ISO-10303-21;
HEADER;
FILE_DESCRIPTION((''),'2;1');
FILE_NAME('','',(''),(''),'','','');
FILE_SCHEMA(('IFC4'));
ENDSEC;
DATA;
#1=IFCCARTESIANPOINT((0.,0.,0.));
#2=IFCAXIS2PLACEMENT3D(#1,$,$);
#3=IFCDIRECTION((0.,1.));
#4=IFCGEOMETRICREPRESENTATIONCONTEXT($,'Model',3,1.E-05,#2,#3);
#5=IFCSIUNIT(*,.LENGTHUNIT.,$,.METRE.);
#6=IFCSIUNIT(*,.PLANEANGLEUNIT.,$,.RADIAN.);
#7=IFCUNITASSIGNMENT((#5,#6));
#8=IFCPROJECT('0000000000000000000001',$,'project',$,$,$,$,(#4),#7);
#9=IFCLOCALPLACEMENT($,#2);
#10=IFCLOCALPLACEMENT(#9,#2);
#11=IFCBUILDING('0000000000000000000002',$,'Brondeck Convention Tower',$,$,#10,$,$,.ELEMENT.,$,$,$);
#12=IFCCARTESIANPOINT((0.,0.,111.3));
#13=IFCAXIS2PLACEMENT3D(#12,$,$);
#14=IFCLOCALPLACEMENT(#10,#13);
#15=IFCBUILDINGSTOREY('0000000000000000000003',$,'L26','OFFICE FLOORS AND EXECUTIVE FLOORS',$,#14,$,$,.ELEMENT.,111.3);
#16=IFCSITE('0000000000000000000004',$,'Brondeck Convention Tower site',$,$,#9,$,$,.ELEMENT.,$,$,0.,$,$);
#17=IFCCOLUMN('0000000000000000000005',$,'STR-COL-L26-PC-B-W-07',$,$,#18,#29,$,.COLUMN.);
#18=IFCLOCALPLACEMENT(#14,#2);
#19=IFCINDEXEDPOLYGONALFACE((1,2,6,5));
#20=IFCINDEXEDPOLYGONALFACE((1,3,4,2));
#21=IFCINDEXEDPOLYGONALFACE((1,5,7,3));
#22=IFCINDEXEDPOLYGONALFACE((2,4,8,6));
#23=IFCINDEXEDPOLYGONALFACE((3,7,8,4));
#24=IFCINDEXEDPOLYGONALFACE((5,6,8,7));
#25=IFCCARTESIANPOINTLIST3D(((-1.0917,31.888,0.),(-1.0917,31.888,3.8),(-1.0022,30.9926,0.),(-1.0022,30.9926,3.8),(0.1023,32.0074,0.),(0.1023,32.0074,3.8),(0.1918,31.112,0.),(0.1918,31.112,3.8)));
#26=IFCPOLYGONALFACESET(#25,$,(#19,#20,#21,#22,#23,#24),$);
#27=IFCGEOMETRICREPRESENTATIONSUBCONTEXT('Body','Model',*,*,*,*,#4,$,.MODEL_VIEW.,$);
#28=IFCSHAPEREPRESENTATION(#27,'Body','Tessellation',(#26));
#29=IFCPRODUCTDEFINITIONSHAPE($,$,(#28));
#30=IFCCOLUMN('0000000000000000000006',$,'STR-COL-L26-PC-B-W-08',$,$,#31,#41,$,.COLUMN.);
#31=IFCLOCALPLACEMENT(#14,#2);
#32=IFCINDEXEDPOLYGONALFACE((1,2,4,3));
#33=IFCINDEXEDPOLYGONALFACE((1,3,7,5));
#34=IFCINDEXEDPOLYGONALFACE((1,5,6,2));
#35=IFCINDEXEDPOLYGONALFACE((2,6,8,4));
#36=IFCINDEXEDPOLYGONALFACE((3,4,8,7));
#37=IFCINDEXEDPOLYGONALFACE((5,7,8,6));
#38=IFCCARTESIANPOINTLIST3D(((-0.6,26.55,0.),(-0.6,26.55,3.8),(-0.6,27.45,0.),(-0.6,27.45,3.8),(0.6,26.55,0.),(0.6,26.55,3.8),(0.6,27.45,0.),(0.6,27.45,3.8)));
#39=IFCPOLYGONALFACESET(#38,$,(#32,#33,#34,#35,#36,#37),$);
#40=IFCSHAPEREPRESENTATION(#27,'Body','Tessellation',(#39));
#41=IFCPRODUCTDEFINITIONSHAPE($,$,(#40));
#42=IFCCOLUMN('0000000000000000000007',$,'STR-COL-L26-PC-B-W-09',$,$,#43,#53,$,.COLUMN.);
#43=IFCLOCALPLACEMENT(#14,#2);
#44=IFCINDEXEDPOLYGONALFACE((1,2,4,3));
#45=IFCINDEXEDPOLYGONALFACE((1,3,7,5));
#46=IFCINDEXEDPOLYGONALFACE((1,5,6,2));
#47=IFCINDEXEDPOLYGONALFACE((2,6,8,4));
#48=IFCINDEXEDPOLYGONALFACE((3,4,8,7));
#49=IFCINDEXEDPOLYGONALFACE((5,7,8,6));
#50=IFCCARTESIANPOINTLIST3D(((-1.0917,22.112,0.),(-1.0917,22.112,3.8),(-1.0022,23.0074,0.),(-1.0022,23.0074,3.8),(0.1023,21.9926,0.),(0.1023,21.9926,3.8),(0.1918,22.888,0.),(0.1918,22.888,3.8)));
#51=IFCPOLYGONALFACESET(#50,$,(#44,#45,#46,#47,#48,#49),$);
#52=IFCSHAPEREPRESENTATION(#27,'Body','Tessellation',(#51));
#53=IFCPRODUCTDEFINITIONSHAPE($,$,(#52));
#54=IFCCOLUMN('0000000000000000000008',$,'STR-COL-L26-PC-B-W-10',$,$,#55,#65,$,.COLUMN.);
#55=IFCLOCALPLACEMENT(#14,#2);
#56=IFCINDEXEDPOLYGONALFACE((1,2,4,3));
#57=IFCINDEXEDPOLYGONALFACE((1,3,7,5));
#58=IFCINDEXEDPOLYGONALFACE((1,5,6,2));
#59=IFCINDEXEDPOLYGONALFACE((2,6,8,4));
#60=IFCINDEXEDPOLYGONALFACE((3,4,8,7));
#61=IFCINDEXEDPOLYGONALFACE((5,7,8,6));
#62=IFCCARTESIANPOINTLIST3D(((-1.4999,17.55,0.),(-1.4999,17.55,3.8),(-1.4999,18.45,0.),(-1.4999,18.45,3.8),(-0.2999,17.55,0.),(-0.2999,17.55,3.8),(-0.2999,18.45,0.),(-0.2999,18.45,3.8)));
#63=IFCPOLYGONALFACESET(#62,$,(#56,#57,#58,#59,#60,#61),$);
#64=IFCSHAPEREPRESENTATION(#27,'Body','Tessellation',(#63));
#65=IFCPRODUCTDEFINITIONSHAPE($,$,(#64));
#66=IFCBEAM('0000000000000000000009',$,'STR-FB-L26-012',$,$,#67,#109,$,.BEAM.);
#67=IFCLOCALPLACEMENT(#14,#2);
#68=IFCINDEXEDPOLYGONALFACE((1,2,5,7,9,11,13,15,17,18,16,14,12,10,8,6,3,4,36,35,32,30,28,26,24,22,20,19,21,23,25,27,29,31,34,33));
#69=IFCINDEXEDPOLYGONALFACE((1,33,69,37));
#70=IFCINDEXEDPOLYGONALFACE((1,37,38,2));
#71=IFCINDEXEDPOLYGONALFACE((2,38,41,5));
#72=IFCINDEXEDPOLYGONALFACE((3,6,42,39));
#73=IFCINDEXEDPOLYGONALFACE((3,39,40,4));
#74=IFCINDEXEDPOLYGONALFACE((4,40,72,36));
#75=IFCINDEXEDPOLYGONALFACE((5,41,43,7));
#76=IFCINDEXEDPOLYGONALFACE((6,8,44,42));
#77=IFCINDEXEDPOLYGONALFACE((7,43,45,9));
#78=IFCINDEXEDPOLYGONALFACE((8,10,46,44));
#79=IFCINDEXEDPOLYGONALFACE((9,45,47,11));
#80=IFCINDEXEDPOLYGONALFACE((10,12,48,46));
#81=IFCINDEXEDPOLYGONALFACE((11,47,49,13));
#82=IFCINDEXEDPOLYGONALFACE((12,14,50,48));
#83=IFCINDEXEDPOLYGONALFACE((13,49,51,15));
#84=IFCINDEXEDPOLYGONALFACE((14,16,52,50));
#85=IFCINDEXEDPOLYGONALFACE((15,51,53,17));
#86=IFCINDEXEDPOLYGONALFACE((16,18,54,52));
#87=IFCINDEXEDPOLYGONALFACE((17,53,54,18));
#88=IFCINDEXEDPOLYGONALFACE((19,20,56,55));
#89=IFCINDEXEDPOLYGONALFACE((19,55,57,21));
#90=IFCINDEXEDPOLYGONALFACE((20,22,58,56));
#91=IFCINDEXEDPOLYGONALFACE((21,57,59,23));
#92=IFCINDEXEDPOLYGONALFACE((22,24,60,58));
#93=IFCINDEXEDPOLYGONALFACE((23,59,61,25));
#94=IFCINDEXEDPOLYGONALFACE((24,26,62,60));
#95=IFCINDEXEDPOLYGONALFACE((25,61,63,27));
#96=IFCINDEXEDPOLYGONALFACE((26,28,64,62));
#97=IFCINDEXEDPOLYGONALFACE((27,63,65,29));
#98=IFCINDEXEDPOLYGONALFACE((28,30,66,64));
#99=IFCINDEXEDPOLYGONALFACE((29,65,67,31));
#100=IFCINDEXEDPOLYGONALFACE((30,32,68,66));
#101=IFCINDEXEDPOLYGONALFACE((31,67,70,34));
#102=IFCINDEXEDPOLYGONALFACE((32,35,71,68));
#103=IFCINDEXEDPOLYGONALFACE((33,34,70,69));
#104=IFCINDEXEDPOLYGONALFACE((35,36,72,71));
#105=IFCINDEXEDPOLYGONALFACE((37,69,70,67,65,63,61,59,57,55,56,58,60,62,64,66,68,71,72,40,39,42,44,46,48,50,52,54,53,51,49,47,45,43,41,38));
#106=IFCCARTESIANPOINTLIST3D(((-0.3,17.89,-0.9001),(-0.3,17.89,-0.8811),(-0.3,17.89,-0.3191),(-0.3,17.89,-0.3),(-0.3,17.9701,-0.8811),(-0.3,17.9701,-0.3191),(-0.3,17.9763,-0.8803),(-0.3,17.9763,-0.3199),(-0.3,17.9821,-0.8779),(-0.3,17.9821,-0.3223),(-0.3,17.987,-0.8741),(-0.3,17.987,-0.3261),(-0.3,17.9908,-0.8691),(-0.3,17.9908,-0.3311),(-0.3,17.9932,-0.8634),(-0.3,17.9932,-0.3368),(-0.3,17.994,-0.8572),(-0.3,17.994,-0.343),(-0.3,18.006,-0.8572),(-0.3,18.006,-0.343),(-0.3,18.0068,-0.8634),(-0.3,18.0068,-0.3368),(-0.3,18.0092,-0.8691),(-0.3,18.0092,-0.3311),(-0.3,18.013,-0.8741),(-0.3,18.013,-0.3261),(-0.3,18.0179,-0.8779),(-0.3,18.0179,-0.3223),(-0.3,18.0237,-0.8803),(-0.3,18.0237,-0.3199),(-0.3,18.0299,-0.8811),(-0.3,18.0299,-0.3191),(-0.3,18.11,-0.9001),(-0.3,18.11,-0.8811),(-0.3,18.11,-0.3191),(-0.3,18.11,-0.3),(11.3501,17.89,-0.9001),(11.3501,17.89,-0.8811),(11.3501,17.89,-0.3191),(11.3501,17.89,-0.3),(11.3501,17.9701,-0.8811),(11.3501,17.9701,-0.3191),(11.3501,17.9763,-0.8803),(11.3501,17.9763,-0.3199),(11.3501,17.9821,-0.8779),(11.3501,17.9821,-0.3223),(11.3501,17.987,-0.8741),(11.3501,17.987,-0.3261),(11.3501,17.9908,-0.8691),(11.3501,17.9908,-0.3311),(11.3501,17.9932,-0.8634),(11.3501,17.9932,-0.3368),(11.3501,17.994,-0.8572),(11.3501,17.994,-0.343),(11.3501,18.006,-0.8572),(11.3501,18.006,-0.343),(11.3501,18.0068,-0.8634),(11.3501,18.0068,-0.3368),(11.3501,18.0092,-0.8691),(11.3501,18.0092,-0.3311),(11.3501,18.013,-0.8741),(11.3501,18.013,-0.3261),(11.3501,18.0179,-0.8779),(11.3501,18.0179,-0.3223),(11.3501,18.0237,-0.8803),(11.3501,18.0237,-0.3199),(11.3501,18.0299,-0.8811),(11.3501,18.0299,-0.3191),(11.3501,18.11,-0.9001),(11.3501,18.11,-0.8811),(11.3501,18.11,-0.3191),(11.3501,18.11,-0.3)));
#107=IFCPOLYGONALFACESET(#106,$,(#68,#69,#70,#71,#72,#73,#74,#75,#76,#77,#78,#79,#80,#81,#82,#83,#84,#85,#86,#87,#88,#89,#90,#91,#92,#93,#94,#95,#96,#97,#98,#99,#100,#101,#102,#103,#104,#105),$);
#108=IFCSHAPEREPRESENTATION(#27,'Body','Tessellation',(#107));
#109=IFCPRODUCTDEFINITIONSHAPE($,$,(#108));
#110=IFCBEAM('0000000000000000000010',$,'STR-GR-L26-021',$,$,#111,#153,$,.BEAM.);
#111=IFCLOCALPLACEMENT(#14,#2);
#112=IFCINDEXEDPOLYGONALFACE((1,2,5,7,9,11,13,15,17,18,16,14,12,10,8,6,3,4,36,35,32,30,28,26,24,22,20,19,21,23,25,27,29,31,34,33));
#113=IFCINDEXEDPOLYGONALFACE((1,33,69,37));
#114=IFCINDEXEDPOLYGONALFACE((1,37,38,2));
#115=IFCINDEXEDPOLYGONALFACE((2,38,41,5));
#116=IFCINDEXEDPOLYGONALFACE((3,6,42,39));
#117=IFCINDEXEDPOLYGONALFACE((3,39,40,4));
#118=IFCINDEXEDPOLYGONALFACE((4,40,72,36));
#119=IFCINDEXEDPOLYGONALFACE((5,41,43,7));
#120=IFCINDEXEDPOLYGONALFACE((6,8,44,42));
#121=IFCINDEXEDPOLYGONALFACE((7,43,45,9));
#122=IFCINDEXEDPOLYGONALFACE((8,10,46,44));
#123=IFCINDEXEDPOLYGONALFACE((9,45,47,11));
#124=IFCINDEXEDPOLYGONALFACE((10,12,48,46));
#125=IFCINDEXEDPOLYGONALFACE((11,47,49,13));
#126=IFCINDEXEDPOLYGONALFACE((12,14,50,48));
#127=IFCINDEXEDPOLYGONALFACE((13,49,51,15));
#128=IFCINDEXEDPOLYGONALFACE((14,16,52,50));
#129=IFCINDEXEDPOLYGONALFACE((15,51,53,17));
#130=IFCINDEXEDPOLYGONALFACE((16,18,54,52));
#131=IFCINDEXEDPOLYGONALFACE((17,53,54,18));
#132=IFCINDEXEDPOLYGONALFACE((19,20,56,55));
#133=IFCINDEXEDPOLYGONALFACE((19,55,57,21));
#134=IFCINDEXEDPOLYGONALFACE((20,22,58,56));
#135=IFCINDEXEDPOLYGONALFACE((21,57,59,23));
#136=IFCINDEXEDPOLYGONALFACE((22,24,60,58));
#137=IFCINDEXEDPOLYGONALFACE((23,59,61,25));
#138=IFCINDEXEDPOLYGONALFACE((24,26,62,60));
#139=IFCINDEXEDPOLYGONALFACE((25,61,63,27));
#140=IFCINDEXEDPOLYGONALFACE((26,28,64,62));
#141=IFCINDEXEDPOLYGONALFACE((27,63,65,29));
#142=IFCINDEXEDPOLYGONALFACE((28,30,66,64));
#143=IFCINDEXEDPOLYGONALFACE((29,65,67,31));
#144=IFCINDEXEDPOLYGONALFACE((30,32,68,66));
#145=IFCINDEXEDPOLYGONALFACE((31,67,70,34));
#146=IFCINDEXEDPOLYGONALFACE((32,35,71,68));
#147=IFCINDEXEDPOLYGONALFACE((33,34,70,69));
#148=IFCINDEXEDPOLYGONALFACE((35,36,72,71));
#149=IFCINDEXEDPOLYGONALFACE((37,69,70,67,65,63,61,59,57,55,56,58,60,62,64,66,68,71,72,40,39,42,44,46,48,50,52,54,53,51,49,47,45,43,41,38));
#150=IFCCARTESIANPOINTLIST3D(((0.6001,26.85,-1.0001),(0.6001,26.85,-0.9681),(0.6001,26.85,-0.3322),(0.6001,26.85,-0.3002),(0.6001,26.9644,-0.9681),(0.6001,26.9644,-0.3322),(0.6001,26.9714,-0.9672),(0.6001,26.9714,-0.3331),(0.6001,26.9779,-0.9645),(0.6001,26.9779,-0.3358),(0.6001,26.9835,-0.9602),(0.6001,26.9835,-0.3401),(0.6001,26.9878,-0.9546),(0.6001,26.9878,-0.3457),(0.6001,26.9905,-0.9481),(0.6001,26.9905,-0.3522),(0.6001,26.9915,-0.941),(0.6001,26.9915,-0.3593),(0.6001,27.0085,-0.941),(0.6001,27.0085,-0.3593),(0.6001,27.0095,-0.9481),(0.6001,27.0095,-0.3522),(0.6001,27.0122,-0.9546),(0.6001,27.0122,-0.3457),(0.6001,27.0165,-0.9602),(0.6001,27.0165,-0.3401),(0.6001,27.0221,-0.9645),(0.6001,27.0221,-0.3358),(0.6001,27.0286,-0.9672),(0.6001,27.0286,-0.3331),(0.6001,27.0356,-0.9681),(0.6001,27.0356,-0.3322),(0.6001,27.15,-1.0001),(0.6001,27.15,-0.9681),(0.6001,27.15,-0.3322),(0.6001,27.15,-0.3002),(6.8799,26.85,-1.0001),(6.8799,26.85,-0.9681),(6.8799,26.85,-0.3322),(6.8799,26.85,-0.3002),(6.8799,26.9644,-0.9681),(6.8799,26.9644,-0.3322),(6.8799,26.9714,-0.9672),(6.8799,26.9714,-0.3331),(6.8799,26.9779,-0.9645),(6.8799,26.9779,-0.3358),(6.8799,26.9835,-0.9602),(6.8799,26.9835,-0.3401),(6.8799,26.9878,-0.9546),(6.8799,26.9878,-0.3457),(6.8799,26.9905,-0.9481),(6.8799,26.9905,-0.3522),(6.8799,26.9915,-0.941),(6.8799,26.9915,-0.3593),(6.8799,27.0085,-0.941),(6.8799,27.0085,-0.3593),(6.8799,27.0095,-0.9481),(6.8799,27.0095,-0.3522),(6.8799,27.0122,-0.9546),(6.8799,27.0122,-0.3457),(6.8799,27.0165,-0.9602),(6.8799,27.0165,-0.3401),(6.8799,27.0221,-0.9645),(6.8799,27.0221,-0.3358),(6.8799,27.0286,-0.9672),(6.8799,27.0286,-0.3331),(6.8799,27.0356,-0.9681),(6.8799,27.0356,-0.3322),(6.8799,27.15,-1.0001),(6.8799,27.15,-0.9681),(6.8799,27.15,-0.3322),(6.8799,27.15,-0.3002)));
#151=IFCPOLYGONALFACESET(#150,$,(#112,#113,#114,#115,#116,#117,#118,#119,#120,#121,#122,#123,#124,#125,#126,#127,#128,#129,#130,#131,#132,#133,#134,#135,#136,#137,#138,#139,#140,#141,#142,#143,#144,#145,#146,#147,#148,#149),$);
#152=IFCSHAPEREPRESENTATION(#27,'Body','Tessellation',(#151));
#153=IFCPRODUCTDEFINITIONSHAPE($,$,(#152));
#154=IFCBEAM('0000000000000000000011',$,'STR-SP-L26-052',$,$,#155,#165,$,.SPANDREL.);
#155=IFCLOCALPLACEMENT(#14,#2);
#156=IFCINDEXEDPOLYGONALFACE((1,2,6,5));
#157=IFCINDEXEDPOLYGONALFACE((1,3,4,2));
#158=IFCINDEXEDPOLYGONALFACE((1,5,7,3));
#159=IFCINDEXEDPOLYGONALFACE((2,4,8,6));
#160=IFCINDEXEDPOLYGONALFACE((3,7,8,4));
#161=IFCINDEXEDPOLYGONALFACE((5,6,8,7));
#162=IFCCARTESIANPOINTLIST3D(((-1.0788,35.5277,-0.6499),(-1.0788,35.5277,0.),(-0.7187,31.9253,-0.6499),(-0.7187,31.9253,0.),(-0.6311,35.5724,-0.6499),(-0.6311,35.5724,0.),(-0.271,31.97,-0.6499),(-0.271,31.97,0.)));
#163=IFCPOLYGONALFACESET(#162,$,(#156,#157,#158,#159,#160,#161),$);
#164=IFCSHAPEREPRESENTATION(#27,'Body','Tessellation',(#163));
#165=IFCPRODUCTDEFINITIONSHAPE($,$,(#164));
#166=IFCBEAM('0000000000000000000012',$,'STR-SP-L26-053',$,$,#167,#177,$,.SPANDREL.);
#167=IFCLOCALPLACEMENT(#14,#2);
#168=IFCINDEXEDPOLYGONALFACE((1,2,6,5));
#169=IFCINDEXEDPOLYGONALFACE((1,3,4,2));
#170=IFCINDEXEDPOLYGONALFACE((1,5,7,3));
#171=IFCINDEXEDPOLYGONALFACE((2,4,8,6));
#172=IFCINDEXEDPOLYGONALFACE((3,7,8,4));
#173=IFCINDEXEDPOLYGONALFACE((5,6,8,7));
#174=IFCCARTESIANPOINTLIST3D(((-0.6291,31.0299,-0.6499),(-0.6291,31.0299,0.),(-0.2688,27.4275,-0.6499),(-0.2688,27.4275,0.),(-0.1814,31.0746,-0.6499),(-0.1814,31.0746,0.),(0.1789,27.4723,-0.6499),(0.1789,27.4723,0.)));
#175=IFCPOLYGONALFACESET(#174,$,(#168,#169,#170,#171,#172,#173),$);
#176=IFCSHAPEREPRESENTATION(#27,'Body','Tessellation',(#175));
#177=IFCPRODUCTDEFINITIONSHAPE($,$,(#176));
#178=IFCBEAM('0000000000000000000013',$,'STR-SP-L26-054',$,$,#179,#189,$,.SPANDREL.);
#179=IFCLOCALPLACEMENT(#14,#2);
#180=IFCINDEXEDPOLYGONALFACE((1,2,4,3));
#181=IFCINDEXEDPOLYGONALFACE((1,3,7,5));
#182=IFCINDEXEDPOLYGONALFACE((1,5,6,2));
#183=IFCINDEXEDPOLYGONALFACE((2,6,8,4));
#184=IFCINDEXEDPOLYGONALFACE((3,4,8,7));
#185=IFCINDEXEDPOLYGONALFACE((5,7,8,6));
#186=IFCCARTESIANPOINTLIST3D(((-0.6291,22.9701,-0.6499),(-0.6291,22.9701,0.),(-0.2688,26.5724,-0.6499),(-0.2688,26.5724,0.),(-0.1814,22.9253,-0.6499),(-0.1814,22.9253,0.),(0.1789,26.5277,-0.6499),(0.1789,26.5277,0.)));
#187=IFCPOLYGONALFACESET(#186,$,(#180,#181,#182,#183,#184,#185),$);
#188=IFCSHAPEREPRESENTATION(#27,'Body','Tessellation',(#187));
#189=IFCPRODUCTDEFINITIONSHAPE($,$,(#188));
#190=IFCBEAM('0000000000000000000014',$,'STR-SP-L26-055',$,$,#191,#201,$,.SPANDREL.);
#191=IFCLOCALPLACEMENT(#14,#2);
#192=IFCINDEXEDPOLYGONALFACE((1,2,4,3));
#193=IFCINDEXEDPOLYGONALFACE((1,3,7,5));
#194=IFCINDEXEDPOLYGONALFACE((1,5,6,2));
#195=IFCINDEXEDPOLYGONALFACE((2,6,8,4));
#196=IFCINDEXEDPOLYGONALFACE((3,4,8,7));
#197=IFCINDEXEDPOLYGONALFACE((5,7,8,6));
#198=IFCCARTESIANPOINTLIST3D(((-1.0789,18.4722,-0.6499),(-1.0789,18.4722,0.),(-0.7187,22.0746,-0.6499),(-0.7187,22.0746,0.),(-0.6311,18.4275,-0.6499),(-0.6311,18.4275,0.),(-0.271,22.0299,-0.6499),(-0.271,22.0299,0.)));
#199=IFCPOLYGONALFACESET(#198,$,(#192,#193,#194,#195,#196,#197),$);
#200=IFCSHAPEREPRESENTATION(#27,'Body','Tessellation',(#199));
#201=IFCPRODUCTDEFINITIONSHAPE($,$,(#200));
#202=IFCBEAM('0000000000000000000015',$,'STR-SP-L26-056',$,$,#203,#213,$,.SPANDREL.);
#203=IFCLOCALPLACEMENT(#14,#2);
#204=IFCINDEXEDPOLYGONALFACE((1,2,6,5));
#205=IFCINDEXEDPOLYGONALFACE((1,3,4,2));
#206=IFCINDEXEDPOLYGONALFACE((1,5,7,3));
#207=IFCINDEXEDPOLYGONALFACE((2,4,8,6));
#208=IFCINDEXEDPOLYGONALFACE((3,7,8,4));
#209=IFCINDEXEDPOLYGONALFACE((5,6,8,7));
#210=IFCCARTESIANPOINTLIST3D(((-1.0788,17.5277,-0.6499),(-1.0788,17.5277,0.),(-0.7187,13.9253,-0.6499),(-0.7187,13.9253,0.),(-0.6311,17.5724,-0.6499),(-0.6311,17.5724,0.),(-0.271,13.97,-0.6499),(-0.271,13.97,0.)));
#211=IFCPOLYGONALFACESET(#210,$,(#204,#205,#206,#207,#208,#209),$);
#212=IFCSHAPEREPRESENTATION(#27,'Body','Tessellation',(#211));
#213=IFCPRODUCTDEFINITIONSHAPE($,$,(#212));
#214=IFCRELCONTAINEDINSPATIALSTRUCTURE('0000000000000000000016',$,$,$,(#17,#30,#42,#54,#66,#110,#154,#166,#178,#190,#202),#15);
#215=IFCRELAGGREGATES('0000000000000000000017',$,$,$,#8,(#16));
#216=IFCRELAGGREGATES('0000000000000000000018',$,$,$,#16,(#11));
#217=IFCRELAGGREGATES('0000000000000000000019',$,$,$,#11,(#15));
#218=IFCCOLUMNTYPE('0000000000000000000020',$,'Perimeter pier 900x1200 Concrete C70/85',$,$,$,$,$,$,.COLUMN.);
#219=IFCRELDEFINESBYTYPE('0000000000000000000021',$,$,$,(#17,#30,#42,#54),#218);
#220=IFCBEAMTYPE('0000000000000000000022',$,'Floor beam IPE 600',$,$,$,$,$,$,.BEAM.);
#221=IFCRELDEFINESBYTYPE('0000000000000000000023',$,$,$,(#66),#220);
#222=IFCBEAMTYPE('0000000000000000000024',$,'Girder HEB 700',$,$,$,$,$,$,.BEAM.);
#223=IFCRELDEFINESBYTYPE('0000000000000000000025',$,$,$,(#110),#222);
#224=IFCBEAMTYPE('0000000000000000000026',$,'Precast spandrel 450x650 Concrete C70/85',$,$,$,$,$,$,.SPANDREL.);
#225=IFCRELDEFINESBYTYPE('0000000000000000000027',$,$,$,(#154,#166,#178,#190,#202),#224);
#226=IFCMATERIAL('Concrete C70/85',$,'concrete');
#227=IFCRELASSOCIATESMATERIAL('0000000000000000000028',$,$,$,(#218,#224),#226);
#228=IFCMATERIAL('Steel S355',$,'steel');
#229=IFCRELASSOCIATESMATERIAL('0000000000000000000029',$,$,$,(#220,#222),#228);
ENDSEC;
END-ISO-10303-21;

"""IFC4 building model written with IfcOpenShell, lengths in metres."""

from ifc_helpers import new_model, si_unit, direction, frame, origin, origin_2d, place, context, subcontext, project, spatial, rectangle, i_section, extrude, material, material_profile, profile_set, type_object, element, save


model = new_model("IFC4")

# Units and contexts
model_context = context("Model", 3, precision=1e-05, world=origin(), true_north=direction((0.0, 1.0)))
body_context = subcontext(model_context, "Body", "Model", "MODEL_VIEW")
ifc_project = project(units=[si_unit("LENGTHUNIT", "METRE"), si_unit("PLANEANGLEUNIT", "RADIAN")], contexts=[model_context])

# Site, building, storey
site_placement = place(None, origin())
site = spatial("IfcSite", under=ifc_project, at=site_placement, Name="Brondeck Convention Tower site", CompositionType="ELEMENT", RefElevation=0.0)
building_placement = place(site_placement, origin())
building = spatial("IfcBuilding", under=site, at=building_placement, Name="Brondeck Convention Tower", CompositionType="ELEMENT")
storey_placement = place(building_placement, frame((0.0, 0.0, 111.3)))
storey = spatial("IfcBuildingStorey", under=building, at=storey_placement, Name="L26", Description="OFFICE FLOORS AND EXECUTIVE FLOORS", CompositionType="ELEMENT", Elevation=111.3)

# Columns
ifc_material_1 = material(Name="Concrete C70/85", Category="concrete")
ifc_material_profile_1 = material_profile(ifc_material_1, rectangle(XDim=0.8999, YDim=1.2, at=origin_2d()), Name="Perimeter pier 900x1200 Concrete C70/85")
ifc_profile_set_1 = profile_set([ifc_material_profile_1], Name="Concrete C70/85")
column_type = type_object("IfcColumnType", Name="Perimeter pier 900x1200 Concrete C70/85", PredefinedType="COLUMN", material=ifc_profile_set_1)
for number, where, z_axis, x_axis, name in (
    (1, (-0.45, 31.5, 0.0), (0.0, 0.0, 1.0), (0.099504, -0.995037, 0.0), "STR-COL-L26-PC-B-W-07"),
    (2, (0.0, 27.0, 0.0), (0.0, 0.0, 1.0), (0.0, -1.0, 0.0), "STR-COL-L26-PC-B-W-08"),
    (3, (-0.45, 22.5, 0.0), (0.0, 0.0, 1.0), (-0.099504, -0.995037, 0.0), "STR-COL-L26-PC-B-W-09"),
    (4, (-0.8999, 18.0, 0.0), (0.0, 0.0, 1.0), (0.0, -1.0, 0.0), "STR-COL-L26-PC-B-W-10"),
):
    element("IfcColumn", number, at=place(storey_placement, frame(where, z_axis=z_axis, x_axis=x_axis)), inside=storey, type_object=column_type, Name=name, PredefinedType="COLUMN", context=body_context, shape_type="SweptSolid", body=[
        extrude(rectangle(XDim=0.8999, YDim=1.2, at=origin_2d()), origin(), (0.0, 0.0, 1.0), 3.8),
    ])

# Beams
ifc_material_2 = material(Name="Steel S355", Category="steel")
ifc_material_profile_2 = material_profile(ifc_material_2, i_section(OverallWidth=0.22, OverallDepth=0.6001, WebThickness=0.012, FlangeThickness=0.019, FilletRadius=0.0239, at=origin_2d()), Name="IPE 600")
ifc_profile_set_2 = profile_set([ifc_material_profile_2], Name="Steel S355")
beam_type_1 = type_object("IfcBeamType", Name="Floor beam IPE 600", PredefinedType="BEAM", material=ifc_profile_set_2)
beam_1_placement = place(storey_placement, frame((-0.3, 18.0, -0.6001), z_axis=(1.0, 0.0, 0.0), x_axis=(0.0, 1.0, 0.0)))
element("IfcBeam", 5, at=beam_1_placement, inside=storey, type_object=beam_type_1, Name="STR-FB-L26-012", PredefinedType="BEAM", context=body_context, shape_type="SweptSolid", body=[
    extrude(i_section(OverallWidth=0.22, OverallDepth=0.6001, WebThickness=0.012, FlangeThickness=0.019, FilletRadius=0.0239, at=origin_2d()), origin(), (0.0, 0.0, 1.0), 11.6501),
])
ifc_material_profile_3 = material_profile(ifc_material_2, i_section(OverallWidth=0.3, OverallDepth=0.7, WebThickness=0.0171, FlangeThickness=0.032, FilletRadius=0.0271, at=origin_2d()), Name="HEB 700")
ifc_profile_set_3 = profile_set([ifc_material_profile_3], Name="Steel S355")
beam_type_2 = type_object("IfcBeamType", Name="Girder HEB 700", PredefinedType="BEAM", material=ifc_profile_set_3)
beam_2_placement = place(storey_placement, frame((0.6001, 27.0, -0.6501), z_axis=(1.0, 0.0, 0.0), x_axis=(0.0, 1.0, 0.0)))
element("IfcBeam", 6, at=beam_2_placement, inside=storey, type_object=beam_type_2, Name="STR-GR-L26-021", PredefinedType="BEAM", context=body_context, shape_type="SweptSolid", body=[
    extrude(i_section(OverallWidth=0.3, OverallDepth=0.7, WebThickness=0.0171, FlangeThickness=0.032, FilletRadius=0.0271, at=origin_2d()), origin(), (0.0, 0.0, 1.0), 6.2798),
])
ifc_material_profile_4 = material_profile(ifc_material_1, rectangle(XDim=0.45, YDim=0.6499, at=origin_2d()), Name="Precast spandrel 450x650 Concrete C70/85")
ifc_profile_set_4 = profile_set([ifc_material_profile_4], Name="Concrete C70/85")
beam_type_3 = type_object("IfcBeamType", Name="Precast spandrel 450x650 Concrete C70/85", PredefinedType="SPANDREL", material=ifc_profile_set_4)
for number, where, z_axis, x_axis, name in (
    (7, (-0.855, 35.55, -0.325), (0.09947, -0.995041, 0.0), (0.995041, 0.09947, 0.0), "STR-SP-L26-052"),
    (8, (-0.4053, 31.0522, -0.325), (0.099537, -0.995034, 0.0), (0.995034, 0.099537, 0.0), "STR-SP-L26-053"),
    (9, (-0.0449, 26.55, -0.325), (-0.099537, -0.995034, 0.0), (0.995034, -0.099537, 0.0), "STR-SP-L26-054"),
    (10, (-0.4949, 22.0522, -0.325), (-0.09947, -0.995041, 0.0), (0.995041, -0.09947, 0.0), "STR-SP-L26-055"),
    (11, (-0.855, 17.55, -0.325), (0.09947, -0.995041, 0.0), (0.995041, 0.09947, 0.0), "STR-SP-L26-056"),
):
    element("IfcBeam", number, at=place(storey_placement, frame(where, z_axis=z_axis, x_axis=x_axis)), inside=storey, type_object=beam_type_3, Name=name, PredefinedType="SPANDREL", context=body_context, shape_type="SweptSolid", body=[
        extrude(rectangle(XDim=0.45, YDim=0.6499, at=origin_2d()), origin(), (0.0, 0.0, 1.0), 3.6204),
    ])

save(model, "model.ifc")
